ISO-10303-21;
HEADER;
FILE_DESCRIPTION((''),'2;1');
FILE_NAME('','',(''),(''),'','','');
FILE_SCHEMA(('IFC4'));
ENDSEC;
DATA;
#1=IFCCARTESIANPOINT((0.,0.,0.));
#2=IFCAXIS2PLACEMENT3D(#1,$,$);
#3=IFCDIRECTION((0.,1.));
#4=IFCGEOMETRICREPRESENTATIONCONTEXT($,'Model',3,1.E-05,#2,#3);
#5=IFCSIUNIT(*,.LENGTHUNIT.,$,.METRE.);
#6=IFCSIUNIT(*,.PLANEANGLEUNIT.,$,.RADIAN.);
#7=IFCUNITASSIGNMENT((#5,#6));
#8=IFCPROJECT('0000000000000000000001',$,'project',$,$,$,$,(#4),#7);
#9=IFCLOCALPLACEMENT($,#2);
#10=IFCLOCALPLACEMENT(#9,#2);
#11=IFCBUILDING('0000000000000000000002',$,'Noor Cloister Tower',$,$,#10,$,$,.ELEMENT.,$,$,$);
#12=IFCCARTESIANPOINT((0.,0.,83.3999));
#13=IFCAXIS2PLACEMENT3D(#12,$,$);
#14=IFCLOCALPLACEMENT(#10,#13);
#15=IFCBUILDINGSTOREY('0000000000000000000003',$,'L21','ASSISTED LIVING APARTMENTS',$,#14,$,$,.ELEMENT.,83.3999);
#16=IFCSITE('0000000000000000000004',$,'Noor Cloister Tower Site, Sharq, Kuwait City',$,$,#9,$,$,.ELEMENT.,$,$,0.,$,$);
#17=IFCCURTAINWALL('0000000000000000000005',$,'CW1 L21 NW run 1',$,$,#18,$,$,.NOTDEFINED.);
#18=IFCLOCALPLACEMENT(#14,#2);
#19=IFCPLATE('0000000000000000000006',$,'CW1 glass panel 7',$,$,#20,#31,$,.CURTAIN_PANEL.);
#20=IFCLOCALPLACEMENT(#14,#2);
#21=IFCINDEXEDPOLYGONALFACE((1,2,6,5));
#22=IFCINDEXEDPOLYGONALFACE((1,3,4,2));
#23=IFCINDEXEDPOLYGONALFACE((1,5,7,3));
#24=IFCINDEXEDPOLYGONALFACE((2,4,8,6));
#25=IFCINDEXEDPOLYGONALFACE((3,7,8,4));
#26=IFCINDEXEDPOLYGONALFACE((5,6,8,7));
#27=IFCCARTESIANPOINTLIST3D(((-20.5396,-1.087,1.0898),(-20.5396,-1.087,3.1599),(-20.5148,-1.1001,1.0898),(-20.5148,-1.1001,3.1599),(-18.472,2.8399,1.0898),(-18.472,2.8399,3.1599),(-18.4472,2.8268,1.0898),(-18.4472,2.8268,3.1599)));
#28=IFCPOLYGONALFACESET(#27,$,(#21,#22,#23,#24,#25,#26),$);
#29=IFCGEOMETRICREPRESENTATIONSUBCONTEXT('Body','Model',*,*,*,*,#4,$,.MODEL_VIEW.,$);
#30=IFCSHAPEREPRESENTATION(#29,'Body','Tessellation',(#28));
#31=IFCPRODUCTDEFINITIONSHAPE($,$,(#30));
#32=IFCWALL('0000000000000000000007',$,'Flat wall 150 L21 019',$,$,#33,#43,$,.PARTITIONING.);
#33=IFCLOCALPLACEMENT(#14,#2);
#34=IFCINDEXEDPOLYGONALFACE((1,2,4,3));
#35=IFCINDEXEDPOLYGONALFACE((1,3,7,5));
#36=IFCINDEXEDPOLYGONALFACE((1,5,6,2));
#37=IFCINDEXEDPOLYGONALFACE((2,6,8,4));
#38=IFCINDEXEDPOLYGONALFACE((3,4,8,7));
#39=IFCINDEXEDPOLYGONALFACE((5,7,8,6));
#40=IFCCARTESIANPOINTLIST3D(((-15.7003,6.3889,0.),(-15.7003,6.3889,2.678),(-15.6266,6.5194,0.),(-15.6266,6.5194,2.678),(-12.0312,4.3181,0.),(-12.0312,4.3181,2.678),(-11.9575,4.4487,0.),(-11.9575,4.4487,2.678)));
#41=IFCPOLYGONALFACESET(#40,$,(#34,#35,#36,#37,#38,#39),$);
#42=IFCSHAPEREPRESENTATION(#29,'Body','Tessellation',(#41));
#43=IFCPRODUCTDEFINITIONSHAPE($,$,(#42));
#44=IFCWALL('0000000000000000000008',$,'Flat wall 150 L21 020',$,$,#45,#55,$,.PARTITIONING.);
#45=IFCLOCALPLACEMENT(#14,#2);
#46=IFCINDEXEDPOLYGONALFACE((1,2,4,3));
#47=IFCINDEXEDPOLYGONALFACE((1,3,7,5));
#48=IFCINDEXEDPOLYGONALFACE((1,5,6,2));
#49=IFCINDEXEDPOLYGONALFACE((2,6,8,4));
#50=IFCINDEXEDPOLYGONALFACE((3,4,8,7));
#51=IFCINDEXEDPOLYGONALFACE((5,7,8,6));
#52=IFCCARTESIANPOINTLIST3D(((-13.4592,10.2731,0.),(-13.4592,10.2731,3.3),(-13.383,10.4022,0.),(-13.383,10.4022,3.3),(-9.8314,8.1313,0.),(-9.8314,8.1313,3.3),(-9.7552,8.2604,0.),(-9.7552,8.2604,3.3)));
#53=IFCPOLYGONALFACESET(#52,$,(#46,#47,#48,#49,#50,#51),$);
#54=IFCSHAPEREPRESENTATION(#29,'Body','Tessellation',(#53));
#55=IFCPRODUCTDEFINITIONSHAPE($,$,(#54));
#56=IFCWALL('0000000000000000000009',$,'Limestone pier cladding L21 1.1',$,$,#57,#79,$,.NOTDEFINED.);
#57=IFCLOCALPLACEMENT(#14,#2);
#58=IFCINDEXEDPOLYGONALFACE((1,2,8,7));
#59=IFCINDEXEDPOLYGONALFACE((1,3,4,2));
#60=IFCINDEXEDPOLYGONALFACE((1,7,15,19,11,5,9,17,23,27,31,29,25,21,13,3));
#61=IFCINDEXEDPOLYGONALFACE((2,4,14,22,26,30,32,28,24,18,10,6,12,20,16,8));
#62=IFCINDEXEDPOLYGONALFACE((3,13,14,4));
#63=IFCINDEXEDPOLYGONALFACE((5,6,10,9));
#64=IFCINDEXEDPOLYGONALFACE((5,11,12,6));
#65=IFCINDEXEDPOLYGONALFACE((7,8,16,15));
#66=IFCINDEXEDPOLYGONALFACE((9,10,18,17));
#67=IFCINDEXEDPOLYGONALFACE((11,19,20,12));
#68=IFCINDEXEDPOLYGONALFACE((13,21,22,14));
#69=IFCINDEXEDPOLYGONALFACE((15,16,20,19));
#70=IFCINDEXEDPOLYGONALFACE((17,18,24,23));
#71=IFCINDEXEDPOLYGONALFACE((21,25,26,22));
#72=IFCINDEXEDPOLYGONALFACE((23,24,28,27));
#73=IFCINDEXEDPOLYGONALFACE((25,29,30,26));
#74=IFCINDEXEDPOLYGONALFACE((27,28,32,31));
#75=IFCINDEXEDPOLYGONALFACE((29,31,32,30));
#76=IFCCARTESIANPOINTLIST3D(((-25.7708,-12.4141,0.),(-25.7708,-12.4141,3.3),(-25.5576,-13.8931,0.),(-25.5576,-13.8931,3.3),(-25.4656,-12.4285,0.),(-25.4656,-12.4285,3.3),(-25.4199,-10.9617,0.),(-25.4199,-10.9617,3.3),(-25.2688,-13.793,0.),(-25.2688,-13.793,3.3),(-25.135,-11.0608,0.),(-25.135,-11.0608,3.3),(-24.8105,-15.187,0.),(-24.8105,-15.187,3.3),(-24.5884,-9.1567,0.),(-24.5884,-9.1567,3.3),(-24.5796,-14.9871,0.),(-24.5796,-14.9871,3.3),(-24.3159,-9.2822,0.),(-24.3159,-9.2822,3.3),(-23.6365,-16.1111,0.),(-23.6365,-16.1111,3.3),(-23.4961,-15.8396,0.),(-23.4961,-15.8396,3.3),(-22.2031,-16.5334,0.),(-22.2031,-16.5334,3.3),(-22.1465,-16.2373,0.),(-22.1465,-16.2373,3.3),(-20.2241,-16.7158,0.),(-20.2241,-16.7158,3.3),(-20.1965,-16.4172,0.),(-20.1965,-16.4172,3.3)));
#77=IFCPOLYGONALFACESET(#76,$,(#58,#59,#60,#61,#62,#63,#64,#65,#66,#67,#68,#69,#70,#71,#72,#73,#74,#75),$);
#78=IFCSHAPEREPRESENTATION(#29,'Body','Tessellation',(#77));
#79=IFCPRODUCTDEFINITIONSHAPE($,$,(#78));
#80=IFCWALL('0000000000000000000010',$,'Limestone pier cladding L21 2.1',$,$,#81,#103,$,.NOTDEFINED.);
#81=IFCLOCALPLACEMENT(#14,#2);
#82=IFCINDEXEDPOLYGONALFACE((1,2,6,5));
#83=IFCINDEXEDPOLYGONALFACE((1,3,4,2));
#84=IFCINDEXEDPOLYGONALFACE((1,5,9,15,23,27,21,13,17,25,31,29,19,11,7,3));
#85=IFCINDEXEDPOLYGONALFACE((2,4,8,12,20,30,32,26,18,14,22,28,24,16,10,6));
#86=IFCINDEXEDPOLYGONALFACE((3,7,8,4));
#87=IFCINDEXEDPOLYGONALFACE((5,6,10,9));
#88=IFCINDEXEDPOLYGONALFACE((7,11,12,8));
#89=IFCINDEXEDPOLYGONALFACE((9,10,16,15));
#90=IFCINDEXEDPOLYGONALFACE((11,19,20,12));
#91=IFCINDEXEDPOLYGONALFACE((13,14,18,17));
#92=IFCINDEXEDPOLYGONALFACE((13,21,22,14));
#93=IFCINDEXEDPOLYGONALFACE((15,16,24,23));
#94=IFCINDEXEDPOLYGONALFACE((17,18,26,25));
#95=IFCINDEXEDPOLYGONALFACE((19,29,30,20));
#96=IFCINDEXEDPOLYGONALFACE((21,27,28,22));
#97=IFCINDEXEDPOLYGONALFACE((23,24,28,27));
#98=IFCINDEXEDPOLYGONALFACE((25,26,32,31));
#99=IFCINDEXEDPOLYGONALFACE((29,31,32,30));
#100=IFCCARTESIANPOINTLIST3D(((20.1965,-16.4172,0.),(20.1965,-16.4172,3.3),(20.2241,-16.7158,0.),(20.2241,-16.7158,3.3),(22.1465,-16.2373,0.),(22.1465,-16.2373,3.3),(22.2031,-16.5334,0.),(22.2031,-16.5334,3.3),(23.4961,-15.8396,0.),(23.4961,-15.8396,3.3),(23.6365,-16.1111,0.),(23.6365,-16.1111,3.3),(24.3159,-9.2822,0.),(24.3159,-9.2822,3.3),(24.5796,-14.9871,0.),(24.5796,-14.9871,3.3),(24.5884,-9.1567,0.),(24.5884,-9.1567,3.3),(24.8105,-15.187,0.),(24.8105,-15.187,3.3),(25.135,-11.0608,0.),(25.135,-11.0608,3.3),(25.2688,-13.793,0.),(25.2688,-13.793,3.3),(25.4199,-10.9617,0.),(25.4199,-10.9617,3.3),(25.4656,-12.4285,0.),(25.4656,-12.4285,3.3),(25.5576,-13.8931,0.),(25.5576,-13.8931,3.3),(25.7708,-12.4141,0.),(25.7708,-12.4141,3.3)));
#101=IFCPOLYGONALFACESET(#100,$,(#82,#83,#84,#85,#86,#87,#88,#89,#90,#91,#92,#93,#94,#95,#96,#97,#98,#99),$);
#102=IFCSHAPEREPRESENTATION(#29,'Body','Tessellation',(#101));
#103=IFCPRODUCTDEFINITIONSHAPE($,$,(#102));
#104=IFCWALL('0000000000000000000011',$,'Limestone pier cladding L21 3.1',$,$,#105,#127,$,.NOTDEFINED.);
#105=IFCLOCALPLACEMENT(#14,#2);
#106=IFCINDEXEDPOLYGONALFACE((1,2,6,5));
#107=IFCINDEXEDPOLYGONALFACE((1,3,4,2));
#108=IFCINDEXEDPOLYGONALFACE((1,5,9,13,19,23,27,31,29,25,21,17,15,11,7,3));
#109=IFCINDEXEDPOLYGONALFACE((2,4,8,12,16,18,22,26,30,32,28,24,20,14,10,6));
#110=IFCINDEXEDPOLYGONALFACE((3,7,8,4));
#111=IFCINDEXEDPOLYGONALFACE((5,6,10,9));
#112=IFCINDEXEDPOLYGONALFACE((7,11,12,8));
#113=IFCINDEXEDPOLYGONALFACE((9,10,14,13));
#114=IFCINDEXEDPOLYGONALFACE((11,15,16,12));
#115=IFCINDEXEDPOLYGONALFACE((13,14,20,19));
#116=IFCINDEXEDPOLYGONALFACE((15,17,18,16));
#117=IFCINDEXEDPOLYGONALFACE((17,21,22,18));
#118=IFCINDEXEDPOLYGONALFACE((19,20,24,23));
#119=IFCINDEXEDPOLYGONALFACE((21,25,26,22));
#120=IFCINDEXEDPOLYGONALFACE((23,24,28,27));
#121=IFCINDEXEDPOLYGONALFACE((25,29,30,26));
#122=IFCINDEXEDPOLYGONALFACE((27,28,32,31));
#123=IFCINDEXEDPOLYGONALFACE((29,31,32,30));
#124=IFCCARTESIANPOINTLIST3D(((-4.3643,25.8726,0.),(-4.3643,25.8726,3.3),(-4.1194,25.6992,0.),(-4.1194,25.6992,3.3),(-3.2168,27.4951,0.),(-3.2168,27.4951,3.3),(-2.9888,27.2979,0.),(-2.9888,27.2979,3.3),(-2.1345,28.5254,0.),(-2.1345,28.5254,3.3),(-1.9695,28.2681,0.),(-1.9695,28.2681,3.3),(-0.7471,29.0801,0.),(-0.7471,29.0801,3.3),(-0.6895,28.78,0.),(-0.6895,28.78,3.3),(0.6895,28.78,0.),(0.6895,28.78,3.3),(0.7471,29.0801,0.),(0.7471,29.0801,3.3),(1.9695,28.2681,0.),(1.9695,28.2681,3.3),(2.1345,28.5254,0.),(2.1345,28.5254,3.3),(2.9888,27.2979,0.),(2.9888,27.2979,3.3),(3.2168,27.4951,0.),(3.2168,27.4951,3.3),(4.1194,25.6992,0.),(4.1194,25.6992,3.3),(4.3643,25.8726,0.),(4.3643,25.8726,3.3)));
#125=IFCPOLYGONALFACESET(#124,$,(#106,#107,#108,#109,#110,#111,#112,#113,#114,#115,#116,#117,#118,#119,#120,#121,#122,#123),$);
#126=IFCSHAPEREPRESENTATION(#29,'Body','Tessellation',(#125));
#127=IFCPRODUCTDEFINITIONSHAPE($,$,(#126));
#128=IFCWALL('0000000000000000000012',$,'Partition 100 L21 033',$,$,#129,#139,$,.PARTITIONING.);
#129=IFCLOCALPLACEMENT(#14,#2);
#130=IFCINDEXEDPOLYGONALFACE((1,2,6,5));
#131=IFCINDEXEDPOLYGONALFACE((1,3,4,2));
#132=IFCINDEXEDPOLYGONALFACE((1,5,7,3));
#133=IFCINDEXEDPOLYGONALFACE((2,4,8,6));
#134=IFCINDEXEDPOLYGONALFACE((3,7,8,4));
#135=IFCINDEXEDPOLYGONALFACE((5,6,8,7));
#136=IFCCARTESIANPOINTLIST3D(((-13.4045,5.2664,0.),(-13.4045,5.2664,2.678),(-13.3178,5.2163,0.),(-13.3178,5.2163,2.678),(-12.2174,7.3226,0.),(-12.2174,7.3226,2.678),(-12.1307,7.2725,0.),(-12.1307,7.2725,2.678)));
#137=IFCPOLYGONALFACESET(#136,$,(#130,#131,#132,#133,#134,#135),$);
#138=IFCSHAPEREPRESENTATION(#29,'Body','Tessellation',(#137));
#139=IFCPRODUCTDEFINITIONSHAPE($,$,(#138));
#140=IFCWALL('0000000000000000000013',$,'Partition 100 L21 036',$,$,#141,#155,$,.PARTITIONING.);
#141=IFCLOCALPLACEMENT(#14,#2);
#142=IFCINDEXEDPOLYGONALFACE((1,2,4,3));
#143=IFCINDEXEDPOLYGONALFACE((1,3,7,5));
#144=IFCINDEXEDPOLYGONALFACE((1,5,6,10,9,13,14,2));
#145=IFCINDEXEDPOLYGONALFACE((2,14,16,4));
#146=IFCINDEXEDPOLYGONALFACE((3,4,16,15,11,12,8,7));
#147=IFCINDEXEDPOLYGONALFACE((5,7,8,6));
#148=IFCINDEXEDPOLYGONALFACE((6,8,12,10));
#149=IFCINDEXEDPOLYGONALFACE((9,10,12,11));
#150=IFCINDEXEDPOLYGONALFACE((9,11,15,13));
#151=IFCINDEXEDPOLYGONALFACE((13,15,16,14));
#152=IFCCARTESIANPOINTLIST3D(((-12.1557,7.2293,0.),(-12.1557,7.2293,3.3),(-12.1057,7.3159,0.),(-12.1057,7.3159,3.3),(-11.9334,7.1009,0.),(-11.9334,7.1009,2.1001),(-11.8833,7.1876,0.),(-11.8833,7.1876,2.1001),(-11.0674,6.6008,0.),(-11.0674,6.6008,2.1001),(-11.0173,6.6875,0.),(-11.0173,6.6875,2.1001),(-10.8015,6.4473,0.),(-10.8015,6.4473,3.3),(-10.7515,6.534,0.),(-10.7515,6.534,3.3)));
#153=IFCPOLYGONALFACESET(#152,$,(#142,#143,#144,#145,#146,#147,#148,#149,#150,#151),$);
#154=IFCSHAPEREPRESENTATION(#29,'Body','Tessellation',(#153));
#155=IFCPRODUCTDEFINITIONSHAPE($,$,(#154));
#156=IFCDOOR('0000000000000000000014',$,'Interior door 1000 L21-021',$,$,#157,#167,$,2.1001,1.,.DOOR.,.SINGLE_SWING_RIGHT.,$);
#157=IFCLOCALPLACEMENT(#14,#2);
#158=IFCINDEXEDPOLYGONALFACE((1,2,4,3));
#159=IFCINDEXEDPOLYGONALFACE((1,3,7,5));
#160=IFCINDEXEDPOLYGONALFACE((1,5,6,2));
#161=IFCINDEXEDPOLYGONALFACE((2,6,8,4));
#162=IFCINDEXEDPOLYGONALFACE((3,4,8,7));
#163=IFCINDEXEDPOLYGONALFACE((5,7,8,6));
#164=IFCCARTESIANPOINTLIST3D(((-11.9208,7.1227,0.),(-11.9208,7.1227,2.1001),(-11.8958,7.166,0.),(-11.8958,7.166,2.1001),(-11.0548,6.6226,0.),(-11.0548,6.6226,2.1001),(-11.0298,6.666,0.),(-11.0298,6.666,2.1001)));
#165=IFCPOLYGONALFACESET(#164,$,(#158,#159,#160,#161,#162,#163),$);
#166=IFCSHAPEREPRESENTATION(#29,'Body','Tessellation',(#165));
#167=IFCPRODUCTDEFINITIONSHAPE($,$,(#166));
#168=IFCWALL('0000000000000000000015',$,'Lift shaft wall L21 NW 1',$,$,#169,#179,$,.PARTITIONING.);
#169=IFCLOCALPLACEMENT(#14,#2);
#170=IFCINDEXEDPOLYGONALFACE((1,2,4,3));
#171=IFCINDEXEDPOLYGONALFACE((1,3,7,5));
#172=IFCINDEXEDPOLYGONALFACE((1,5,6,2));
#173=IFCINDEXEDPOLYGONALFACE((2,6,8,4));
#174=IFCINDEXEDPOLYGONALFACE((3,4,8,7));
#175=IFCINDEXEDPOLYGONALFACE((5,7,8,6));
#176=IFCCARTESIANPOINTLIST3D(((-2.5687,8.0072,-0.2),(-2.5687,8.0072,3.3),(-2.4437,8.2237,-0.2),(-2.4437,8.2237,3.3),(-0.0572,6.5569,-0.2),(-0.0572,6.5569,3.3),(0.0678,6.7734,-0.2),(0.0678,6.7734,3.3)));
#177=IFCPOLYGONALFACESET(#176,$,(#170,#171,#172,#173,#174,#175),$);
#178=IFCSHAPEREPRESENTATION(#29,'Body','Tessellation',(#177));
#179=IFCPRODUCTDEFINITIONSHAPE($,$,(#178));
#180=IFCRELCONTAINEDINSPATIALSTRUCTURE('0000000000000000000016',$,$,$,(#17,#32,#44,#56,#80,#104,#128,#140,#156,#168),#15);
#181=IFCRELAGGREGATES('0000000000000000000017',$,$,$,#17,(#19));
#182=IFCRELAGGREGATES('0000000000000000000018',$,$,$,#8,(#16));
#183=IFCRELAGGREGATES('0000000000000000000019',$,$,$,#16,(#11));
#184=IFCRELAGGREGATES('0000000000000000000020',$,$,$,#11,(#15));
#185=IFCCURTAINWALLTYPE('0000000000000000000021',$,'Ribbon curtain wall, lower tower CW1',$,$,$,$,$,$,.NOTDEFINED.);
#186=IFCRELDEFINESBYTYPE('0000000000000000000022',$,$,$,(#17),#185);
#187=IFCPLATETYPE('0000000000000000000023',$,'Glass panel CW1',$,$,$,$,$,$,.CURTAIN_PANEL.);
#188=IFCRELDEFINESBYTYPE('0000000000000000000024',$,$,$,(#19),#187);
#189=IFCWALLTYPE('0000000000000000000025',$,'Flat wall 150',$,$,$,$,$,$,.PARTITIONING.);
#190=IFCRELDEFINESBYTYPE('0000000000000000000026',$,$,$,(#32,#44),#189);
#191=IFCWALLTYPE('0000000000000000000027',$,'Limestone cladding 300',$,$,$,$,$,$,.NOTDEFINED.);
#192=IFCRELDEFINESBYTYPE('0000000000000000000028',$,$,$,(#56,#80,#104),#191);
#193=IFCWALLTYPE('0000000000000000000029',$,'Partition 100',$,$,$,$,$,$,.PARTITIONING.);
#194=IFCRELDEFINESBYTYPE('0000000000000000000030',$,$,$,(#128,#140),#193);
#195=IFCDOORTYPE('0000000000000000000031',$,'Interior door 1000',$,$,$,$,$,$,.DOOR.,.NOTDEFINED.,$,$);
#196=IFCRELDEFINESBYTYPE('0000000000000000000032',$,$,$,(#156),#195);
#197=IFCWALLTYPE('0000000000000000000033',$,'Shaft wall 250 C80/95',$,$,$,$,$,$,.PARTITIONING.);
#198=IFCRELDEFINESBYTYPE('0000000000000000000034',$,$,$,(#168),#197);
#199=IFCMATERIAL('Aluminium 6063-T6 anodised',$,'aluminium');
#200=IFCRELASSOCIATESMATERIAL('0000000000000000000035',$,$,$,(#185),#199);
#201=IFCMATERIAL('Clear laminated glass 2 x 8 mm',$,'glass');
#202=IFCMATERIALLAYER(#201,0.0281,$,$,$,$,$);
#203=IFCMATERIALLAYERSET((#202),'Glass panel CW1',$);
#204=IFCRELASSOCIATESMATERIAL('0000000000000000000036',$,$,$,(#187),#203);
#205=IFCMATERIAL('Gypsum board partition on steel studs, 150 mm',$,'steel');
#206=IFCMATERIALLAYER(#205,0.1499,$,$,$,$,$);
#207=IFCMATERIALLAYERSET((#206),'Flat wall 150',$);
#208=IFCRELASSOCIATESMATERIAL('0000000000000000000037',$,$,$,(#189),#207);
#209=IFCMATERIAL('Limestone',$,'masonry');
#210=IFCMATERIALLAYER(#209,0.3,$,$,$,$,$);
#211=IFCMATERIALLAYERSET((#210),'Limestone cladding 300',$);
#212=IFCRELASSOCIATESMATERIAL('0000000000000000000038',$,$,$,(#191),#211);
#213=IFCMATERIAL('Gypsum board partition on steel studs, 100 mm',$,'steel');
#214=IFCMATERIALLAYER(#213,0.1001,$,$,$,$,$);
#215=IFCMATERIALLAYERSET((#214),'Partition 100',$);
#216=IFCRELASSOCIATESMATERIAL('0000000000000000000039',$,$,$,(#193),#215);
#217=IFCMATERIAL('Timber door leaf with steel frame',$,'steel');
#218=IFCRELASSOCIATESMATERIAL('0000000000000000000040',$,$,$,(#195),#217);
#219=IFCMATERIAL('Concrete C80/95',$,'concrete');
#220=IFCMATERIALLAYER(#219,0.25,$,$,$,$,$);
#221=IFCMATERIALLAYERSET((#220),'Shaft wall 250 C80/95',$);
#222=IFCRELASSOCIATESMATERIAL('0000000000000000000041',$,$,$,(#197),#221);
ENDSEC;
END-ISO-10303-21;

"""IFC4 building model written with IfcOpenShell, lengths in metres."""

from ifc_helpers import new_model, si_unit, direction, frame, frame_2d, origin, origin_2d, place, context, subcontext, project, spatial, polyline, rectangle, outline, extrude, material, layer, layer_set, type_object, element, fill, aggregate, save


model = new_model("IFC4")

# Units and contexts
model_context = context("Model", 3, precision=1e-05, world=origin(), true_north=direction((0.0, 1.0)))
body_context = subcontext(model_context, "Body", "Model", "MODEL_VIEW")
ifc_project = project(units=[si_unit("LENGTHUNIT", "METRE"), si_unit("PLANEANGLEUNIT", "RADIAN")], contexts=[model_context])

# Site, building, storey
site_placement = place(None, origin())
site = spatial("IfcSite", under=ifc_project, at=site_placement, Name="Noor Cloister Tower Site, Sharq, Kuwait City", CompositionType="ELEMENT", RefElevation=0.0)
building_placement = place(site_placement, origin())
building = spatial("IfcBuilding", under=site, at=building_placement, Name="Noor Cloister Tower", CompositionType="ELEMENT")
storey_placement = place(building_placement, frame((0.0, 0.0, 83.3999)))
storey = spatial("IfcBuildingStorey", under=building, at=storey_placement, Name="L21", Description="ASSISTED LIVING APARTMENTS", CompositionType="ELEMENT", Elevation=83.3999)

# Curtain wall
ifc_material_1 = material(Name="Aluminium 6063-T6 anodised", Category="aluminium")
curtain_wall_type = type_object("IfcCurtainWallType", Name="Ribbon curtain wall, lower tower CW1", PredefinedType="NOTDEFINED", material=ifc_material_1)
curtain_wall_1_placement = place(storey_placement, origin())
curtain_wall_1 = element("IfcCurtainWall", 1, at=curtain_wall_1_placement, inside=storey, type_object=curtain_wall_type, Name="CW1 L21 NW run 1", PredefinedType="NOTDEFINED")

# Plate
ifc_material_2 = material(Name="Clear laminated glass 2 x 8 mm", Category="glass")
ifc_layer_1 = layer(ifc_material_2, 0.0281)
ifc_layer_set_1 = layer_set([ifc_layer_1], Name="Glass panel CW1")
plate_type = type_object("IfcPlateType", Name="Glass panel CW1", PredefinedType="CURTAIN_PANEL", material=ifc_layer_set_1)
plate_1_placement = place(storey_placement, frame((-19.4934, 0.8699, 1.0898), z_axis=(0.0, 0.0, 1.0), x_axis=(-0.465889, -0.884843, 0.0)))
plate_1 = element("IfcPlate", 2, at=plate_1_placement, type_object=plate_type, Name="CW1 glass panel 7", PredefinedType="CURTAIN_PANEL", context=body_context, shape_type="SweptSolid", body=[
    extrude(rectangle(XDim=4.438, YDim=0.0281, at=origin_2d()), origin(), (0.0, 0.0, 1.0), 2.0701),
])
aggregate(curtain_wall_1, [plate_1])

# Walls
ifc_material_3 = material(Name="Gypsum board partition on steel studs, 150 mm", Category="steel")
ifc_layer_2 = layer(ifc_material_3, 0.1499)
ifc_layer_set_2 = layer_set([ifc_layer_2], Name="Flat wall 150")
wall_type_1 = type_object("IfcWallType", Name="Flat wall 150", PredefinedType="PARTITIONING", material=ifc_layer_set_2)
wall_1_placement = place(storey_placement, frame((-15.6633, 6.4541, 0.0), z_axis=(0.0, 0.0, 1.0), x_axis=(0.870877, -0.491502, 0.0)))
element("IfcWall", 3, at=wall_1_placement, inside=storey, type_object=wall_type_1, Name="Flat wall 150 L21 019", PredefinedType="PARTITIONING", context=body_context, shape_type="SweptSolid", body=[
    extrude(rectangle(XDim=4.2131, YDim=0.1499, at=frame_2d((2.1064, 0.0))), origin(), (0.0, 0.0, 1.0), 2.678),
])
wall_2_placement = place(storey_placement, frame((-13.4211, 10.3376, 0.0), z_axis=(0.0, 0.0, 1.0), x_axis=(0.861127, -0.50839, 0.0)))
element("IfcWall", 4, at=wall_2_placement, inside=storey, type_object=wall_type_1, Name="Flat wall 150 L21 020", PredefinedType="PARTITIONING", context=body_context, shape_type="SweptSolid", body=[
    extrude(rectangle(XDim=4.2129, YDim=0.1499, at=frame_2d((2.1064, 0.0))), origin(), (0.0, 0.0, 1.0), 3.3),
])
ifc_material_4 = material(Name="Limestone", Category="masonry")
ifc_layer_3 = layer(ifc_material_4, 0.3)
ifc_layer_set_3 = layer_set([ifc_layer_3], Name="Limestone cladding 300")
wall_type_2 = type_object("IfcWallType", Name="Limestone cladding 300", PredefinedType="NOTDEFINED", material=ifc_layer_set_3)
wall_3_placement = place(storey_placement, origin())
element("IfcWall", 5, at=wall_3_placement, inside=storey, type_object=wall_type_2, Name="Limestone pier cladding L21 1.1", PredefinedType="NOTDEFINED", context=body_context, shape_type="SweptSolid", body=[
    extrude(outline(polyline([(-24.5884, -9.1567), (-25.4199, -10.9617), (-25.7708, -12.4141), (-25.5576, -13.8931), (-24.8105, -15.187), (-23.6365, -16.1111), (-22.2031, -16.5334), (-20.2241, -16.7158), (-20.1965, -16.4172), (-22.1465, -16.2373), (-23.4961, -15.8396), (-24.5796, -14.9871), (-25.2688, -13.793), (-25.4656, -12.4285), (-25.135, -11.0608), (-24.3159, -9.2822), (-24.5884, -9.1567)])), origin(), (0.0, 0.0, 1.0), 3.3),
])
wall_4_placement = place(storey_placement, origin())
element("IfcWall", 6, at=wall_4_placement, inside=storey, type_object=wall_type_2, Name="Limestone pier cladding L21 2.1", PredefinedType="NOTDEFINED", context=body_context, shape_type="SweptSolid", body=[
    extrude(outline(polyline([(20.2241, -16.7158), (22.2031, -16.5334), (23.6365, -16.1111), (24.8105, -15.187), (25.5576, -13.8931), (25.7708, -12.4141), (25.4199, -10.9617), (24.5884, -9.1567), (24.3159, -9.2822), (25.135, -11.0608), (25.4656, -12.4285), (25.2688, -13.793), (24.5796, -14.9871), (23.4961, -15.8396), (22.1465, -16.2373), (20.1965, -16.4172), (20.2241, -16.7158)])), origin(), (0.0, 0.0, 1.0), 3.3),
])
wall_5_placement = place(storey_placement, origin())
element("IfcWall", 7, at=wall_5_placement, inside=storey, type_object=wall_type_2, Name="Limestone pier cladding L21 3.1", PredefinedType="NOTDEFINED", context=body_context, shape_type="SweptSolid", body=[
    extrude(outline(polyline([(4.3643, 25.8726), (3.2168, 27.4951), (2.1345, 28.5254), (0.7471, 29.0801), (-0.7471, 29.0801), (-2.1345, 28.5254), (-3.2168, 27.4951), (-4.3643, 25.8726), (-4.1194, 25.6992), (-2.9888, 27.2979), (-1.9695, 28.2681), (-0.6895, 28.78), (0.6895, 28.78), (1.9695, 28.2681), (2.9888, 27.2979), (4.1194, 25.6992), (4.3643, 25.8726)])), origin(), (0.0, 0.0, 1.0), 3.3),
])
ifc_material_5 = material(Name="Gypsum board partition on steel studs, 100 mm", Category="steel")
ifc_layer_4 = layer(ifc_material_5, 0.1001)
ifc_layer_set_4 = layer_set([ifc_layer_4], Name="Partition 100")
wall_type_3 = type_object("IfcWallType", Name="Partition 100", PredefinedType="PARTITIONING", material=ifc_layer_set_4)
wall_6_placement = place(storey_placement, frame((-13.3611, 5.2415, 0.0), z_axis=(0.0, 0.0, 1.0), x_axis=(0.499966, 0.866045, 0.0)))
element("IfcWall", 8, at=wall_6_placement, inside=storey, type_object=wall_type_3, Name="Partition 100 L21 033", PredefinedType="PARTITIONING", context=body_context, shape_type="SweptSolid", body=[
    extrude(rectangle(XDim=2.3743, YDim=0.1001, at=frame_2d((1.187, 0.0))), origin(), (0.0, 0.0, 1.0), 2.678),
])

# Wall, opening, door
wall_7_placement = place(storey_placement, frame((-10.7766, 6.4907, 0.0), z_axis=(0.0, 0.0, 1.0), x_axis=(-0.865996, 0.500051, 0.0)))
wall_7 = element("IfcWall", 9, at=wall_7_placement, inside=storey, type_object=wall_type_3, Name="Partition 100 L21 036", PredefinedType="PARTITIONING", context=body_context, shape_type="SweptSolid", body=[
    extrude(rectangle(XDim=1.5637, YDim=0.1001, at=frame_2d((0.7817, 0.0))), origin(), (0.0, 0.0, 1.0), 3.3),
])
opening_placement = place(wall_7_placement, frame((0.3069, 0.0, 0.0)))
opening = element("IfcOpeningElement", 10, at=opening_placement, cuts=wall_7, PredefinedType="OPENING", context=body_context, shape_type="SweptSolid", body=[
    extrude(rectangle(XDim=1.0, YDim=2.1001, at=frame_2d((0.5, 1.05))), frame((0.0, 0.0601, 0.0), z_axis=(0.0, -1.0, 0.0), x_axis=(1.0, 0.0, 0.0)), (0.0, 0.0, 1.0), 0.1201),
])
ifc_material_6 = material(Name="Timber door leaf with steel frame", Category="steel")
door_type = type_object("IfcDoorType", Name="Interior door 1000", OperationType="NOTDEFINED", PredefinedType="DOOR", material=ifc_material_6)
door_placement = place(opening_placement, origin())
door = element("IfcDoor", 11, at=door_placement, inside=storey, type_object=door_type, Name="Interior door 1000 L21-021", OperationType="SINGLE_SWING_RIGHT", OverallHeight=2.1001, OverallWidth=1.0, PredefinedType="DOOR", context=body_context, shape_type="SweptSolid", body=[
    extrude(rectangle(XDim=1.0, YDim=2.1001, at=frame_2d((0.5, 1.05))), frame((0.0, 0.0249, 0.0), z_axis=(0.0, -1.0, 0.0), x_axis=(1.0, 0.0, 0.0)), (0.0, 0.0, 1.0), 0.05),
])
fill(opening, door)

# Wall
ifc_material_7 = material(Name="Concrete C80/95", Category="concrete")
ifc_layer_5 = layer(ifc_material_7, 0.25)
ifc_layer_set_5 = layer_set([ifc_layer_5], Name="Shaft wall 250 C80/95")
wall_type_4 = type_object("IfcWallType", Name="Shaft wall 250 C80/95", PredefinedType="PARTITIONING", material=ifc_layer_set_5)
wall_8_placement = place(storey_placement, frame((-2.5063, 8.1155, -0.2), z_axis=(0.0, 0.0, 1.0), x_axis=(0.865996, -0.50005, 0.0)))
element("IfcWall", 12, at=wall_8_placement, inside=storey, type_object=wall_type_4, Name="Lift shaft wall L21 NW 1", PredefinedType="PARTITIONING", context=body_context, shape_type="SweptSolid", body=[
    extrude(rectangle(XDim=2.9001, YDim=0.25, at=frame_2d((1.4502, 0.0))), origin(), (0.0, 0.0, 1.0), 3.5),
])

save(model, "model.ifc")
